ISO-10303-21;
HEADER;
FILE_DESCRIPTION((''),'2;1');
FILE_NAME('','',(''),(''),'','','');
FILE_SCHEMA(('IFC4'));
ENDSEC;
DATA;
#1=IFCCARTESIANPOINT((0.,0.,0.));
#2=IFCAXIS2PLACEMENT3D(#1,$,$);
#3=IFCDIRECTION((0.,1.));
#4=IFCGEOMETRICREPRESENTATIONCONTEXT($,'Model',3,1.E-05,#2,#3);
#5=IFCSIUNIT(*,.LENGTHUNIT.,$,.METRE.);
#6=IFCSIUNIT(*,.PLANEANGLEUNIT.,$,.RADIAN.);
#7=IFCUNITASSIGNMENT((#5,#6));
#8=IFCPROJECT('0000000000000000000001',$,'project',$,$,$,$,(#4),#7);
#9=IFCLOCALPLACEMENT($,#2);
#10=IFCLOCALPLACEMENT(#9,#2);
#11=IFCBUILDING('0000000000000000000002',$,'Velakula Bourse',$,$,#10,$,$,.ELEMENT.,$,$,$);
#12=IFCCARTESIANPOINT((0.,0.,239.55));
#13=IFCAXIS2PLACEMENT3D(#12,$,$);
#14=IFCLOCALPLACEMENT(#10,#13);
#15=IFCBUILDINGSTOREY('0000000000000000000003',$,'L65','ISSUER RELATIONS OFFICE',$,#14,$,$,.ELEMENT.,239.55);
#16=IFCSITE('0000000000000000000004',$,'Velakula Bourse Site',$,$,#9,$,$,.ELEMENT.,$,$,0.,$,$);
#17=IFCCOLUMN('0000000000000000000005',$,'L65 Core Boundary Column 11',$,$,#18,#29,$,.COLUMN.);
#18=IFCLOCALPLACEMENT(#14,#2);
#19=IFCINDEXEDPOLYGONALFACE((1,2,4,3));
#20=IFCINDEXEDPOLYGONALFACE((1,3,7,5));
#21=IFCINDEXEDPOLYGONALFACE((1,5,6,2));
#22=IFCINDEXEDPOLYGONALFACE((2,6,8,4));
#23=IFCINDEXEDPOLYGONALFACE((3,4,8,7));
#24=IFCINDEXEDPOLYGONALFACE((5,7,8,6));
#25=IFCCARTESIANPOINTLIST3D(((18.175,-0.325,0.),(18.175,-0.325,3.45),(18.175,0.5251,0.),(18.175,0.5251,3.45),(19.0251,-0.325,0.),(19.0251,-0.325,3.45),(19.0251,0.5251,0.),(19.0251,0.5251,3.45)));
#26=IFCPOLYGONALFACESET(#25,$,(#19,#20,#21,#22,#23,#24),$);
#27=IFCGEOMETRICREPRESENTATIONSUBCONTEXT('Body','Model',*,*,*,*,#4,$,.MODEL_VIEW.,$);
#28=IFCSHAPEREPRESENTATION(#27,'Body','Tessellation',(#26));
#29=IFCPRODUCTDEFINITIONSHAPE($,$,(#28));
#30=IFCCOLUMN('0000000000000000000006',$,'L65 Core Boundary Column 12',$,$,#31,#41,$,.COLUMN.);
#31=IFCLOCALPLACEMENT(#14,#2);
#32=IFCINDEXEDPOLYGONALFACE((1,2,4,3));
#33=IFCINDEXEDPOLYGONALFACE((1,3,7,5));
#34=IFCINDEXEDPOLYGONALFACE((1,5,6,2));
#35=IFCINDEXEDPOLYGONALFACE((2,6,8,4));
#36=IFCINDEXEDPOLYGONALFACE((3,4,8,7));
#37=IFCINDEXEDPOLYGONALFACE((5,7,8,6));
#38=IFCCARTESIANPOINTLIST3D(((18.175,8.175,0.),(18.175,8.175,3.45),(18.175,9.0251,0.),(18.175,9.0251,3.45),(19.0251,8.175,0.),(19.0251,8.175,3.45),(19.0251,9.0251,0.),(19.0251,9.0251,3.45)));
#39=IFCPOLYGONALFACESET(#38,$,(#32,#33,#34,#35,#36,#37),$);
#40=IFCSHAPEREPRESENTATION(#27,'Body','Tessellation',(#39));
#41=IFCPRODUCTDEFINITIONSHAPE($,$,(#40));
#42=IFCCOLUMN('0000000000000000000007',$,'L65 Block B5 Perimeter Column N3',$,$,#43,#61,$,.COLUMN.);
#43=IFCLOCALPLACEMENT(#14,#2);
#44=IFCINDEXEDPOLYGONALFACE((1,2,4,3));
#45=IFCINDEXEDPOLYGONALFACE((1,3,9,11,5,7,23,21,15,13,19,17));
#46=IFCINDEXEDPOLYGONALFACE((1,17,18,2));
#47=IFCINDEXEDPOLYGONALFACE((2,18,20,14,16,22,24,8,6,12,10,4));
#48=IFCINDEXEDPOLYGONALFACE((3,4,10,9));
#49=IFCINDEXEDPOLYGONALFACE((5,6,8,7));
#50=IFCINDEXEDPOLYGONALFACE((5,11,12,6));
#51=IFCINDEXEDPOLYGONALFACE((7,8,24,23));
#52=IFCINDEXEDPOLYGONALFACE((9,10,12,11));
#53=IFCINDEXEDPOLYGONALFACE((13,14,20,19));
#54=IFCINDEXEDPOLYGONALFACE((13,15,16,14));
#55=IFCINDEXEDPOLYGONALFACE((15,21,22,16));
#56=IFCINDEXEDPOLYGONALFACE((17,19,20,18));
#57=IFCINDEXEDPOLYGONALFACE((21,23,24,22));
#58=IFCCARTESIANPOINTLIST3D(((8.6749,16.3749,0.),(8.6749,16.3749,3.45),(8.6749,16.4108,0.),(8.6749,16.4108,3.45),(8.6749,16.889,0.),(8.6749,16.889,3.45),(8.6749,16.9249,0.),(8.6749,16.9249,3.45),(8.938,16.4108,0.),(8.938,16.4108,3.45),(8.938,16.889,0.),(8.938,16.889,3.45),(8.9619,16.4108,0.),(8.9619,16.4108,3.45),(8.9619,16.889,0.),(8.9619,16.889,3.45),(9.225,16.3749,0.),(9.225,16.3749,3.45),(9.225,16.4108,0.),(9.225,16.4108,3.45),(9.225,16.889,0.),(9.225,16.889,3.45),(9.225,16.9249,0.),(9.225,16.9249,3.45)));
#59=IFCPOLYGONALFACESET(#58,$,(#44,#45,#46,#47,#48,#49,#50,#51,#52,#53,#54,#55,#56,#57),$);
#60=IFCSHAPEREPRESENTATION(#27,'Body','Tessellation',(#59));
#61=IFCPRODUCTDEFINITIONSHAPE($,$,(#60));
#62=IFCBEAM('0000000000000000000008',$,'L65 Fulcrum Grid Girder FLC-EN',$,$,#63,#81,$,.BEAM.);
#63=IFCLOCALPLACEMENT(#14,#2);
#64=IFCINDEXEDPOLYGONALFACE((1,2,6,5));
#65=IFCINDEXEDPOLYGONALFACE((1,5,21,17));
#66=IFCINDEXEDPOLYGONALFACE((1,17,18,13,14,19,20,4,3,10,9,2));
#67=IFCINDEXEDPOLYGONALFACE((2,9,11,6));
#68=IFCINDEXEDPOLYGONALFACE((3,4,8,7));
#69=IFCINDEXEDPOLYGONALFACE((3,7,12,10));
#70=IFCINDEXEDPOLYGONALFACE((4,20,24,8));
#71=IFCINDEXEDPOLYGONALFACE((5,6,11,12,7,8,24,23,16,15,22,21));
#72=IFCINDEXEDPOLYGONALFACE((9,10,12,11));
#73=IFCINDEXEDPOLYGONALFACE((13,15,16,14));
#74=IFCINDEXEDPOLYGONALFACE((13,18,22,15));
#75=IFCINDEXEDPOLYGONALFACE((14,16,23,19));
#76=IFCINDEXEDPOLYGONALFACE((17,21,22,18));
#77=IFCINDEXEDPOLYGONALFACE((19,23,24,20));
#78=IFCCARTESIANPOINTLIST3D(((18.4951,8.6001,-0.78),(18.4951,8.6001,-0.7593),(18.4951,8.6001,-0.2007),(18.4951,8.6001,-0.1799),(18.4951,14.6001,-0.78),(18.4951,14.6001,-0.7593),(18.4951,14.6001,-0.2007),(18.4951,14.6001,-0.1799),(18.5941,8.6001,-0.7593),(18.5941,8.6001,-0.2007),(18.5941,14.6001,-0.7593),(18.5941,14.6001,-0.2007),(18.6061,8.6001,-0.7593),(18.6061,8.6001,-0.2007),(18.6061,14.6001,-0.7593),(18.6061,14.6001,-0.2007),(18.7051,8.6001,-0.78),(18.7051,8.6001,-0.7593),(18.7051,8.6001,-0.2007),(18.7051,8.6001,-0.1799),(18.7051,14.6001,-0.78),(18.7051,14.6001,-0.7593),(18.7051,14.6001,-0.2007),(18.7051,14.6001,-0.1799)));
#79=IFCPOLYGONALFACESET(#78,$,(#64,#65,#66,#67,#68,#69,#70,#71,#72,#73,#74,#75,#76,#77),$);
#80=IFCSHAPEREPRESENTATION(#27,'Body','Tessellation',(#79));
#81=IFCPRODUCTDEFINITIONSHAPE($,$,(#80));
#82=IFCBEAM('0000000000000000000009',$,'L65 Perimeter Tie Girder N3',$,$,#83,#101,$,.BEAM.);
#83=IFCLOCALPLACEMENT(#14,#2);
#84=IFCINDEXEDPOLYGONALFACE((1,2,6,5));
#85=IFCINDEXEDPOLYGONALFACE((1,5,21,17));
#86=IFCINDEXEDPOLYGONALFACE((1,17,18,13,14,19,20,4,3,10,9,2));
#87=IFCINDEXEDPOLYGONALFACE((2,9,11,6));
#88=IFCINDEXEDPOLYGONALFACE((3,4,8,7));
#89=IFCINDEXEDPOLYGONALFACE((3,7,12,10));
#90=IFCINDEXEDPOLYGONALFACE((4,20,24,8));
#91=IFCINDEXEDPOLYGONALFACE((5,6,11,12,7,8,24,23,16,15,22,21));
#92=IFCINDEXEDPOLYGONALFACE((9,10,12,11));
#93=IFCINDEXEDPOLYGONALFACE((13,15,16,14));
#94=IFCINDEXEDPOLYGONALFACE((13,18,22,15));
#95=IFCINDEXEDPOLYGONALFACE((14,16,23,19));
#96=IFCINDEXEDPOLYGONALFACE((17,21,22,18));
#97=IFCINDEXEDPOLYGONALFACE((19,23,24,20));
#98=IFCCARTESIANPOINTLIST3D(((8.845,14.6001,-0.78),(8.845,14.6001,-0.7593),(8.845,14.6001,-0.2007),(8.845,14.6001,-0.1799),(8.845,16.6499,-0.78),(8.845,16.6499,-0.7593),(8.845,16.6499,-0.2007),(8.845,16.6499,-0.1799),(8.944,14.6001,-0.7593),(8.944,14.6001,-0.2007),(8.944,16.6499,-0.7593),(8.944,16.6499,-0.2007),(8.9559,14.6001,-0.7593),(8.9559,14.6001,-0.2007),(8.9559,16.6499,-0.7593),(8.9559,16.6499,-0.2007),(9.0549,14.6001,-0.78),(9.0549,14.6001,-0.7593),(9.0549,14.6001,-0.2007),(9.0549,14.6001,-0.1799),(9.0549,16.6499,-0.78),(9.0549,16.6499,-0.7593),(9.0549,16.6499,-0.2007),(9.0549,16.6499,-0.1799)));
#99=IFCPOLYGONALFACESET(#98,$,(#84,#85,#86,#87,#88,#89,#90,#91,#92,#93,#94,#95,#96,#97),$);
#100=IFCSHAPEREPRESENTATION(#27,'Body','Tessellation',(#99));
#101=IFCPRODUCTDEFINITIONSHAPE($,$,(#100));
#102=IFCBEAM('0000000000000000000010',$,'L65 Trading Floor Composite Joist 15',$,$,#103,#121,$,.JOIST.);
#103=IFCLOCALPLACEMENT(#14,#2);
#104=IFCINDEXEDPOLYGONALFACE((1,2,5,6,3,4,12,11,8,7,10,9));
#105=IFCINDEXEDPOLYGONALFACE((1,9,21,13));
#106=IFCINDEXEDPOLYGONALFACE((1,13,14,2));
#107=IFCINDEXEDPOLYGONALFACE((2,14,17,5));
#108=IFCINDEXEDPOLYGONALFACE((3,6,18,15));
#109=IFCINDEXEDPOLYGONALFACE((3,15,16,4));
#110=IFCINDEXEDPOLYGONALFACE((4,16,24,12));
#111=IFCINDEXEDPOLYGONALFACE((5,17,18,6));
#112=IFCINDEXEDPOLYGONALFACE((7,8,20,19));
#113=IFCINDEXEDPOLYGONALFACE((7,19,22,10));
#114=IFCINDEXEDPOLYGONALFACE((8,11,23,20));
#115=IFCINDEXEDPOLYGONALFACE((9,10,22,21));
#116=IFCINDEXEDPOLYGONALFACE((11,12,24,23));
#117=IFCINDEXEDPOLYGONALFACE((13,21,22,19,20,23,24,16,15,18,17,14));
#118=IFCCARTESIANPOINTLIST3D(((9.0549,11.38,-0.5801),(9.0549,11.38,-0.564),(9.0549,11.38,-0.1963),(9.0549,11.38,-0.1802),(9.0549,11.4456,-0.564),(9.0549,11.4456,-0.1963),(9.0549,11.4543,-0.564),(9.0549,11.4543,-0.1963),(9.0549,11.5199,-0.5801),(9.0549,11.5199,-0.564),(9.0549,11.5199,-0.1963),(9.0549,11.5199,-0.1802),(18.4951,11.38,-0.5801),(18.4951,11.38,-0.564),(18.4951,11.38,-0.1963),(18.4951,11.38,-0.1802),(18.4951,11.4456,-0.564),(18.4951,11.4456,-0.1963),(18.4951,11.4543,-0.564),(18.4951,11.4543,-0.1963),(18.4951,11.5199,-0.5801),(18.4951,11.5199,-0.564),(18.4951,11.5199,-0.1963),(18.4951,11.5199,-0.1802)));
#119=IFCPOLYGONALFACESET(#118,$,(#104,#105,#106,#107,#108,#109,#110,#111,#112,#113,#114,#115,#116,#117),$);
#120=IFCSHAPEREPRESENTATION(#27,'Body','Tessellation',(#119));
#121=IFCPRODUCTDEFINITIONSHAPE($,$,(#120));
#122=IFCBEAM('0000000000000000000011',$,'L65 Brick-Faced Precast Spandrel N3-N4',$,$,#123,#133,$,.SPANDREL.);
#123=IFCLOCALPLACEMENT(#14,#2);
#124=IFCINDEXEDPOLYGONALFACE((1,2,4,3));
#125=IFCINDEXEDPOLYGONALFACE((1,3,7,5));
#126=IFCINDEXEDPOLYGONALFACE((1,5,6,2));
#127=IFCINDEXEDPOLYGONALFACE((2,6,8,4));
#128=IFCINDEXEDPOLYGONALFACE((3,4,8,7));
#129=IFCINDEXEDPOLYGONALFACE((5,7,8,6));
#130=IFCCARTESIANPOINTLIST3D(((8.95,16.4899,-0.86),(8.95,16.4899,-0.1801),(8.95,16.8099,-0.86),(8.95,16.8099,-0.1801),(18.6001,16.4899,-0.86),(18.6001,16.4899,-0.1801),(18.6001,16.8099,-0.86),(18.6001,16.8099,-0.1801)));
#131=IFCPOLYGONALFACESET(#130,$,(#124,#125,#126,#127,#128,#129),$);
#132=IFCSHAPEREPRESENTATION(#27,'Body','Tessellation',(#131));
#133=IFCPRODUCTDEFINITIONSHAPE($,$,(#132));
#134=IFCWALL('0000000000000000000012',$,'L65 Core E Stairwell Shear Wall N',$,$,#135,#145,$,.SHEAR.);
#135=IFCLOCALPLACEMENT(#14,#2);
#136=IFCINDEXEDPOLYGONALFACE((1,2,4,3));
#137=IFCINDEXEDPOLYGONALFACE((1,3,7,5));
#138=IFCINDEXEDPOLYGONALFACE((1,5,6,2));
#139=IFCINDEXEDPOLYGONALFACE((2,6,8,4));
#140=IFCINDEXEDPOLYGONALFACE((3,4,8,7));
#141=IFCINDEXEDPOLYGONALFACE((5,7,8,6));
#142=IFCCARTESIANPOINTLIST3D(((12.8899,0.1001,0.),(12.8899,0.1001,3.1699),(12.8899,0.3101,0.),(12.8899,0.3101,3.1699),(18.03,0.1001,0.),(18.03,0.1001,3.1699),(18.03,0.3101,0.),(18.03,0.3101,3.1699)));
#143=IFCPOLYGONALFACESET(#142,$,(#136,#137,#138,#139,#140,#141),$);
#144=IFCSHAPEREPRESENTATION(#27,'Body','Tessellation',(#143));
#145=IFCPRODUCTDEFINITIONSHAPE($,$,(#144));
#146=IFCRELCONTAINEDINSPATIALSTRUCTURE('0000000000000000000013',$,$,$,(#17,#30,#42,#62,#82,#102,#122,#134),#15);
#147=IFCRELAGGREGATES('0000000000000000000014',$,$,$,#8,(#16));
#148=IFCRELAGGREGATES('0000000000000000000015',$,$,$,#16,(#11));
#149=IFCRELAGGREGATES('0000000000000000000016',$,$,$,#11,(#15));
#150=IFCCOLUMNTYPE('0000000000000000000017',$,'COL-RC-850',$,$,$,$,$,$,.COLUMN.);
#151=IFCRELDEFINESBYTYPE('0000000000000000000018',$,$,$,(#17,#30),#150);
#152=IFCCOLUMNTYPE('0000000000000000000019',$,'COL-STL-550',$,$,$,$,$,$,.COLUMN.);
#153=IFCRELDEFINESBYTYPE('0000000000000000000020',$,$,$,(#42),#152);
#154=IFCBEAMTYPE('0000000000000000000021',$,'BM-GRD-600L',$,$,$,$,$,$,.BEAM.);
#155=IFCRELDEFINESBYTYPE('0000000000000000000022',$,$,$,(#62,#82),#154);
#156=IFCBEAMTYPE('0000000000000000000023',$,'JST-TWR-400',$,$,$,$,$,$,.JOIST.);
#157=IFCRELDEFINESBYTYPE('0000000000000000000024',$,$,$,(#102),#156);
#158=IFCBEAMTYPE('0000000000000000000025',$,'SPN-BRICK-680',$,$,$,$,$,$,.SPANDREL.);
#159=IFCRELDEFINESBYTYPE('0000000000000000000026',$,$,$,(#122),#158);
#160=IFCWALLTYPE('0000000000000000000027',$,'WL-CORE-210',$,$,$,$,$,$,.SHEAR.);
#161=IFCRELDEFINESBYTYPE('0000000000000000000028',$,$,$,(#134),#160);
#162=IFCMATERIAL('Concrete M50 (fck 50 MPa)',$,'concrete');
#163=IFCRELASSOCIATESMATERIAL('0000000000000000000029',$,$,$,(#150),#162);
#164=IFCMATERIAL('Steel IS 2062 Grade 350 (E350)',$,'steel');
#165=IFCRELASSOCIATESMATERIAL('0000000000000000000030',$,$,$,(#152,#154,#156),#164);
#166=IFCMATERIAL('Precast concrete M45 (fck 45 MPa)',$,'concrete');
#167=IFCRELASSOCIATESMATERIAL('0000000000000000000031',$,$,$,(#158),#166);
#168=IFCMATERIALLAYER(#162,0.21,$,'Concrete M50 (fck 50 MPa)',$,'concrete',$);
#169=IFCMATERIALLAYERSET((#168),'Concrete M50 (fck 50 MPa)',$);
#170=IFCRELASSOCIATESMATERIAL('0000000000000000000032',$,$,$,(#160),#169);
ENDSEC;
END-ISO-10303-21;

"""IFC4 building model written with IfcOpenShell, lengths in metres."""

from ifc_helpers import new_model, si_unit, direction, frame, frame_2d, origin, origin_2d, place, context, subcontext, project, spatial, rectangle, i_section, extrude, material, layer, layer_set, material_profile, profile_set, type_object, element, save


model = new_model("IFC4")

# Units and contexts
model_context = context("Model", 3, precision=1e-05, world=origin(), true_north=direction((0.0, 1.0)))
body_context = subcontext(model_context, "Body", "Model", "MODEL_VIEW")
ifc_project = project(units=[si_unit("LENGTHUNIT", "METRE"), si_unit("PLANEANGLEUNIT", "RADIAN")], contexts=[model_context])

# Site, building, storey
site_placement = place(None, origin())
site = spatial("IfcSite", under=ifc_project, at=site_placement, Name="Velakula Bourse Site", CompositionType="ELEMENT", RefElevation=0.0)
building_placement = place(site_placement, origin())
building = spatial("IfcBuilding", under=site, at=building_placement, Name="Velakula Bourse", CompositionType="ELEMENT")
storey_placement = place(building_placement, frame((0.0, 0.0, 239.55)))
storey = spatial("IfcBuildingStorey", under=building, at=storey_placement, Name="L65", Description="ISSUER RELATIONS OFFICE", CompositionType="ELEMENT", Elevation=239.55)

# Columns
ifc_material_1 = material(Name="Concrete M50 (fck 50 MPa)", Category="concrete")
ifc_material_profile_1 = material_profile(ifc_material_1, rectangle(XDim=0.8501, YDim=0.8501, at=origin_2d()), Name="Concrete M50 (fck 50 MPa)")
ifc_profile_set_1 = profile_set([ifc_material_profile_1], Name="Concrete M50 (fck 50 MPa)")
column_type_1 = type_object("IfcColumnType", Name="COL-RC-850", PredefinedType="COLUMN", material=ifc_profile_set_1)
for number, where, z_axis, x_axis, name in (
    (1, (18.6001, 0.1001, 0.0), (0.0, 0.0, 1.0), (1.0, 0.0, 0.0), "L65 Core Boundary Column 11"),
    (2, (18.6001, 8.6001, 0.0), (0.0, 0.0, 1.0), (1.0, 0.0, 0.0), "L65 Core Boundary Column 12"),
):
    element("IfcColumn", number, at=place(storey_placement, frame(where, z_axis=z_axis, x_axis=x_axis)), inside=storey, type_object=column_type_1, Name=name, PredefinedType="COLUMN", context=body_context, shape_type="SweptSolid", body=[
        extrude(rectangle(XDim=0.8501, YDim=0.8501, at=origin_2d()), origin(), (0.0, 0.0, 1.0), 3.45),
    ])
ifc_material_2 = material(Name="Steel IS 2062 Grade 350 (E350)", Category="steel")
ifc_material_profile_2 = material_profile(ifc_material_2, i_section(OverallWidth=0.55, OverallDepth=0.55, WebThickness=0.0239, FlangeThickness=0.0359, at=origin_2d()), Name="Steel IS 2062 Grade 350 (E350)")
ifc_profile_set_2 = profile_set([ifc_material_profile_2], Name="Steel IS 2062 Grade 350 (E350)")
column_type_2 = type_object("IfcColumnType", Name="COL-STL-550", PredefinedType="COLUMN", material=ifc_profile_set_2)
column_placement = place(storey_placement, frame((8.95, 16.6499, 0.0), z_axis=(0.0, 0.0, 1.0), x_axis=(1.0, 0.0, 0.0)))
element("IfcColumn", 3, at=column_placement, inside=storey, type_object=column_type_2, Name="L65 Block B5 Perimeter Column N3", PredefinedType="COLUMN", context=body_context, shape_type="SweptSolid", body=[
    extrude(i_section(OverallWidth=0.55, OverallDepth=0.55, WebThickness=0.0239, FlangeThickness=0.0359, at=origin_2d()), origin(), (0.0, 0.0, 1.0), 3.45),
])

# Beams
ifc_material_profile_3 = material_profile(ifc_material_2, i_section(OverallWidth=0.21, OverallDepth=0.6001, WebThickness=0.012, FlangeThickness=0.0208, at=origin_2d()), Name="Steel IS 2062 Grade 350 (E350)")
ifc_profile_set_3 = profile_set([ifc_material_profile_3], Name="Steel IS 2062 Grade 350 (E350)")
beam_type_1 = type_object("IfcBeamType", Name="BM-GRD-600L", PredefinedType="BEAM", material=ifc_profile_set_3)
beam_1_placement = place(storey_placement, frame((18.6001, 8.6001, -0.48), z_axis=(0.0, 1.0, 0.0), x_axis=(-1.0, 0.0, 0.0)))
element("IfcBeam", 4, at=beam_1_placement, inside=storey, type_object=beam_type_1, Name="L65 Fulcrum Grid Girder FLC-EN", PredefinedType="BEAM", context=body_context, shape_type="SweptSolid", body=[
    extrude(i_section(OverallWidth=0.21, OverallDepth=0.6001, WebThickness=0.012, FlangeThickness=0.0208, at=origin_2d()), origin(), (0.0, 0.0, 1.0), 6.0),
])
beam_2_placement = place(storey_placement, frame((8.95, 14.6001, -0.48), z_axis=(0.0, 1.0, 0.0), x_axis=(-1.0, 0.0, 0.0)))
element("IfcBeam", 5, at=beam_2_placement, inside=storey, type_object=beam_type_1, Name="L65 Perimeter Tie Girder N3", PredefinedType="BEAM", context=body_context, shape_type="SweptSolid", body=[
    extrude(i_section(OverallWidth=0.21, OverallDepth=0.6001, WebThickness=0.012, FlangeThickness=0.0208, at=origin_2d()), origin(), (0.0, 0.0, 1.0), 2.0498),
])
ifc_material_profile_4 = material_profile(ifc_material_2, i_section(OverallWidth=0.1399, OverallDepth=0.3999, WebThickness=0.0088, FlangeThickness=0.0161, at=origin_2d()), Name="Steel IS 2062 Grade 350 (E350)")
ifc_profile_set_4 = profile_set([ifc_material_profile_4], Name="Steel IS 2062 Grade 350 (E350)")
beam_type_2 = type_object("IfcBeamType", Name="JST-TWR-400", PredefinedType="JOIST", material=ifc_profile_set_4)
beam_3_placement = place(storey_placement, frame((9.0549, 11.45, -0.3801), z_axis=(1.0, 0.0, 0.0), x_axis=(0.0, 1.0, 0.0)))
element("IfcBeam", 6, at=beam_3_placement, inside=storey, type_object=beam_type_2, Name="L65 Trading Floor Composite Joist 15", PredefinedType="JOIST", context=body_context, shape_type="SweptSolid", body=[
    extrude(i_section(OverallWidth=0.1399, OverallDepth=0.3999, WebThickness=0.0088, FlangeThickness=0.0161, at=origin_2d()), origin(), (0.0, 0.0, 1.0), 9.4402),
])
ifc_material_3 = material(Name="Precast concrete M45 (fck 45 MPa)", Category="concrete")
ifc_material_profile_5 = material_profile(ifc_material_3, rectangle(XDim=0.3201, YDim=0.6799, at=origin_2d()), Name="Precast concrete M45 (fck 45 MPa)")
ifc_profile_set_5 = profile_set([ifc_material_profile_5], Name="Precast concrete M45 (fck 45 MPa)")
beam_type_3 = type_object("IfcBeamType", Name="SPN-BRICK-680", PredefinedType="SPANDREL", material=ifc_profile_set_5)
beam_4_placement = place(storey_placement, frame((8.95, 16.6499, -0.52), z_axis=(1.0, 0.0, 0.0), x_axis=(0.0, 1.0, 0.0)))
element("IfcBeam", 7, at=beam_4_placement, inside=storey, type_object=beam_type_3, Name="L65 Brick-Faced Precast Spandrel N3-N4", PredefinedType="SPANDREL", context=body_context, shape_type="SweptSolid", body=[
    extrude(rectangle(XDim=0.3201, YDim=0.6799, at=origin_2d()), origin(), (0.0, 0.0, 1.0), 9.6501),
])

# Wall
ifc_layer_1 = layer(ifc_material_1, 0.21, Name="Concrete M50 (fck 50 MPa)", Category="concrete")
ifc_layer_set_1 = layer_set([ifc_layer_1], Name="Concrete M50 (fck 50 MPa)")
wall_type_1 = type_object("IfcWallType", Name="WL-CORE-210", PredefinedType="SHEAR", material=ifc_layer_set_1)
wall_1_placement = place(storey_placement, frame((18.03, 0.2051, 0.0), z_axis=(0.0, 0.0, 1.0), x_axis=(-1.0, 0.0, 0.0)))
element("IfcWall", 8, at=wall_1_placement, inside=storey, type_object=wall_type_1, Name="L65 Core E Stairwell Shear Wall N", PredefinedType="SHEAR", context=body_context, shape_type="SweptSolid", body=[
    extrude(rectangle(XDim=5.1401, YDim=0.21, at=frame_2d((2.5701, 0.0))), origin(), (0.0, 0.0, 1.0), 3.1699),
])

save(model, "model.ifc")
